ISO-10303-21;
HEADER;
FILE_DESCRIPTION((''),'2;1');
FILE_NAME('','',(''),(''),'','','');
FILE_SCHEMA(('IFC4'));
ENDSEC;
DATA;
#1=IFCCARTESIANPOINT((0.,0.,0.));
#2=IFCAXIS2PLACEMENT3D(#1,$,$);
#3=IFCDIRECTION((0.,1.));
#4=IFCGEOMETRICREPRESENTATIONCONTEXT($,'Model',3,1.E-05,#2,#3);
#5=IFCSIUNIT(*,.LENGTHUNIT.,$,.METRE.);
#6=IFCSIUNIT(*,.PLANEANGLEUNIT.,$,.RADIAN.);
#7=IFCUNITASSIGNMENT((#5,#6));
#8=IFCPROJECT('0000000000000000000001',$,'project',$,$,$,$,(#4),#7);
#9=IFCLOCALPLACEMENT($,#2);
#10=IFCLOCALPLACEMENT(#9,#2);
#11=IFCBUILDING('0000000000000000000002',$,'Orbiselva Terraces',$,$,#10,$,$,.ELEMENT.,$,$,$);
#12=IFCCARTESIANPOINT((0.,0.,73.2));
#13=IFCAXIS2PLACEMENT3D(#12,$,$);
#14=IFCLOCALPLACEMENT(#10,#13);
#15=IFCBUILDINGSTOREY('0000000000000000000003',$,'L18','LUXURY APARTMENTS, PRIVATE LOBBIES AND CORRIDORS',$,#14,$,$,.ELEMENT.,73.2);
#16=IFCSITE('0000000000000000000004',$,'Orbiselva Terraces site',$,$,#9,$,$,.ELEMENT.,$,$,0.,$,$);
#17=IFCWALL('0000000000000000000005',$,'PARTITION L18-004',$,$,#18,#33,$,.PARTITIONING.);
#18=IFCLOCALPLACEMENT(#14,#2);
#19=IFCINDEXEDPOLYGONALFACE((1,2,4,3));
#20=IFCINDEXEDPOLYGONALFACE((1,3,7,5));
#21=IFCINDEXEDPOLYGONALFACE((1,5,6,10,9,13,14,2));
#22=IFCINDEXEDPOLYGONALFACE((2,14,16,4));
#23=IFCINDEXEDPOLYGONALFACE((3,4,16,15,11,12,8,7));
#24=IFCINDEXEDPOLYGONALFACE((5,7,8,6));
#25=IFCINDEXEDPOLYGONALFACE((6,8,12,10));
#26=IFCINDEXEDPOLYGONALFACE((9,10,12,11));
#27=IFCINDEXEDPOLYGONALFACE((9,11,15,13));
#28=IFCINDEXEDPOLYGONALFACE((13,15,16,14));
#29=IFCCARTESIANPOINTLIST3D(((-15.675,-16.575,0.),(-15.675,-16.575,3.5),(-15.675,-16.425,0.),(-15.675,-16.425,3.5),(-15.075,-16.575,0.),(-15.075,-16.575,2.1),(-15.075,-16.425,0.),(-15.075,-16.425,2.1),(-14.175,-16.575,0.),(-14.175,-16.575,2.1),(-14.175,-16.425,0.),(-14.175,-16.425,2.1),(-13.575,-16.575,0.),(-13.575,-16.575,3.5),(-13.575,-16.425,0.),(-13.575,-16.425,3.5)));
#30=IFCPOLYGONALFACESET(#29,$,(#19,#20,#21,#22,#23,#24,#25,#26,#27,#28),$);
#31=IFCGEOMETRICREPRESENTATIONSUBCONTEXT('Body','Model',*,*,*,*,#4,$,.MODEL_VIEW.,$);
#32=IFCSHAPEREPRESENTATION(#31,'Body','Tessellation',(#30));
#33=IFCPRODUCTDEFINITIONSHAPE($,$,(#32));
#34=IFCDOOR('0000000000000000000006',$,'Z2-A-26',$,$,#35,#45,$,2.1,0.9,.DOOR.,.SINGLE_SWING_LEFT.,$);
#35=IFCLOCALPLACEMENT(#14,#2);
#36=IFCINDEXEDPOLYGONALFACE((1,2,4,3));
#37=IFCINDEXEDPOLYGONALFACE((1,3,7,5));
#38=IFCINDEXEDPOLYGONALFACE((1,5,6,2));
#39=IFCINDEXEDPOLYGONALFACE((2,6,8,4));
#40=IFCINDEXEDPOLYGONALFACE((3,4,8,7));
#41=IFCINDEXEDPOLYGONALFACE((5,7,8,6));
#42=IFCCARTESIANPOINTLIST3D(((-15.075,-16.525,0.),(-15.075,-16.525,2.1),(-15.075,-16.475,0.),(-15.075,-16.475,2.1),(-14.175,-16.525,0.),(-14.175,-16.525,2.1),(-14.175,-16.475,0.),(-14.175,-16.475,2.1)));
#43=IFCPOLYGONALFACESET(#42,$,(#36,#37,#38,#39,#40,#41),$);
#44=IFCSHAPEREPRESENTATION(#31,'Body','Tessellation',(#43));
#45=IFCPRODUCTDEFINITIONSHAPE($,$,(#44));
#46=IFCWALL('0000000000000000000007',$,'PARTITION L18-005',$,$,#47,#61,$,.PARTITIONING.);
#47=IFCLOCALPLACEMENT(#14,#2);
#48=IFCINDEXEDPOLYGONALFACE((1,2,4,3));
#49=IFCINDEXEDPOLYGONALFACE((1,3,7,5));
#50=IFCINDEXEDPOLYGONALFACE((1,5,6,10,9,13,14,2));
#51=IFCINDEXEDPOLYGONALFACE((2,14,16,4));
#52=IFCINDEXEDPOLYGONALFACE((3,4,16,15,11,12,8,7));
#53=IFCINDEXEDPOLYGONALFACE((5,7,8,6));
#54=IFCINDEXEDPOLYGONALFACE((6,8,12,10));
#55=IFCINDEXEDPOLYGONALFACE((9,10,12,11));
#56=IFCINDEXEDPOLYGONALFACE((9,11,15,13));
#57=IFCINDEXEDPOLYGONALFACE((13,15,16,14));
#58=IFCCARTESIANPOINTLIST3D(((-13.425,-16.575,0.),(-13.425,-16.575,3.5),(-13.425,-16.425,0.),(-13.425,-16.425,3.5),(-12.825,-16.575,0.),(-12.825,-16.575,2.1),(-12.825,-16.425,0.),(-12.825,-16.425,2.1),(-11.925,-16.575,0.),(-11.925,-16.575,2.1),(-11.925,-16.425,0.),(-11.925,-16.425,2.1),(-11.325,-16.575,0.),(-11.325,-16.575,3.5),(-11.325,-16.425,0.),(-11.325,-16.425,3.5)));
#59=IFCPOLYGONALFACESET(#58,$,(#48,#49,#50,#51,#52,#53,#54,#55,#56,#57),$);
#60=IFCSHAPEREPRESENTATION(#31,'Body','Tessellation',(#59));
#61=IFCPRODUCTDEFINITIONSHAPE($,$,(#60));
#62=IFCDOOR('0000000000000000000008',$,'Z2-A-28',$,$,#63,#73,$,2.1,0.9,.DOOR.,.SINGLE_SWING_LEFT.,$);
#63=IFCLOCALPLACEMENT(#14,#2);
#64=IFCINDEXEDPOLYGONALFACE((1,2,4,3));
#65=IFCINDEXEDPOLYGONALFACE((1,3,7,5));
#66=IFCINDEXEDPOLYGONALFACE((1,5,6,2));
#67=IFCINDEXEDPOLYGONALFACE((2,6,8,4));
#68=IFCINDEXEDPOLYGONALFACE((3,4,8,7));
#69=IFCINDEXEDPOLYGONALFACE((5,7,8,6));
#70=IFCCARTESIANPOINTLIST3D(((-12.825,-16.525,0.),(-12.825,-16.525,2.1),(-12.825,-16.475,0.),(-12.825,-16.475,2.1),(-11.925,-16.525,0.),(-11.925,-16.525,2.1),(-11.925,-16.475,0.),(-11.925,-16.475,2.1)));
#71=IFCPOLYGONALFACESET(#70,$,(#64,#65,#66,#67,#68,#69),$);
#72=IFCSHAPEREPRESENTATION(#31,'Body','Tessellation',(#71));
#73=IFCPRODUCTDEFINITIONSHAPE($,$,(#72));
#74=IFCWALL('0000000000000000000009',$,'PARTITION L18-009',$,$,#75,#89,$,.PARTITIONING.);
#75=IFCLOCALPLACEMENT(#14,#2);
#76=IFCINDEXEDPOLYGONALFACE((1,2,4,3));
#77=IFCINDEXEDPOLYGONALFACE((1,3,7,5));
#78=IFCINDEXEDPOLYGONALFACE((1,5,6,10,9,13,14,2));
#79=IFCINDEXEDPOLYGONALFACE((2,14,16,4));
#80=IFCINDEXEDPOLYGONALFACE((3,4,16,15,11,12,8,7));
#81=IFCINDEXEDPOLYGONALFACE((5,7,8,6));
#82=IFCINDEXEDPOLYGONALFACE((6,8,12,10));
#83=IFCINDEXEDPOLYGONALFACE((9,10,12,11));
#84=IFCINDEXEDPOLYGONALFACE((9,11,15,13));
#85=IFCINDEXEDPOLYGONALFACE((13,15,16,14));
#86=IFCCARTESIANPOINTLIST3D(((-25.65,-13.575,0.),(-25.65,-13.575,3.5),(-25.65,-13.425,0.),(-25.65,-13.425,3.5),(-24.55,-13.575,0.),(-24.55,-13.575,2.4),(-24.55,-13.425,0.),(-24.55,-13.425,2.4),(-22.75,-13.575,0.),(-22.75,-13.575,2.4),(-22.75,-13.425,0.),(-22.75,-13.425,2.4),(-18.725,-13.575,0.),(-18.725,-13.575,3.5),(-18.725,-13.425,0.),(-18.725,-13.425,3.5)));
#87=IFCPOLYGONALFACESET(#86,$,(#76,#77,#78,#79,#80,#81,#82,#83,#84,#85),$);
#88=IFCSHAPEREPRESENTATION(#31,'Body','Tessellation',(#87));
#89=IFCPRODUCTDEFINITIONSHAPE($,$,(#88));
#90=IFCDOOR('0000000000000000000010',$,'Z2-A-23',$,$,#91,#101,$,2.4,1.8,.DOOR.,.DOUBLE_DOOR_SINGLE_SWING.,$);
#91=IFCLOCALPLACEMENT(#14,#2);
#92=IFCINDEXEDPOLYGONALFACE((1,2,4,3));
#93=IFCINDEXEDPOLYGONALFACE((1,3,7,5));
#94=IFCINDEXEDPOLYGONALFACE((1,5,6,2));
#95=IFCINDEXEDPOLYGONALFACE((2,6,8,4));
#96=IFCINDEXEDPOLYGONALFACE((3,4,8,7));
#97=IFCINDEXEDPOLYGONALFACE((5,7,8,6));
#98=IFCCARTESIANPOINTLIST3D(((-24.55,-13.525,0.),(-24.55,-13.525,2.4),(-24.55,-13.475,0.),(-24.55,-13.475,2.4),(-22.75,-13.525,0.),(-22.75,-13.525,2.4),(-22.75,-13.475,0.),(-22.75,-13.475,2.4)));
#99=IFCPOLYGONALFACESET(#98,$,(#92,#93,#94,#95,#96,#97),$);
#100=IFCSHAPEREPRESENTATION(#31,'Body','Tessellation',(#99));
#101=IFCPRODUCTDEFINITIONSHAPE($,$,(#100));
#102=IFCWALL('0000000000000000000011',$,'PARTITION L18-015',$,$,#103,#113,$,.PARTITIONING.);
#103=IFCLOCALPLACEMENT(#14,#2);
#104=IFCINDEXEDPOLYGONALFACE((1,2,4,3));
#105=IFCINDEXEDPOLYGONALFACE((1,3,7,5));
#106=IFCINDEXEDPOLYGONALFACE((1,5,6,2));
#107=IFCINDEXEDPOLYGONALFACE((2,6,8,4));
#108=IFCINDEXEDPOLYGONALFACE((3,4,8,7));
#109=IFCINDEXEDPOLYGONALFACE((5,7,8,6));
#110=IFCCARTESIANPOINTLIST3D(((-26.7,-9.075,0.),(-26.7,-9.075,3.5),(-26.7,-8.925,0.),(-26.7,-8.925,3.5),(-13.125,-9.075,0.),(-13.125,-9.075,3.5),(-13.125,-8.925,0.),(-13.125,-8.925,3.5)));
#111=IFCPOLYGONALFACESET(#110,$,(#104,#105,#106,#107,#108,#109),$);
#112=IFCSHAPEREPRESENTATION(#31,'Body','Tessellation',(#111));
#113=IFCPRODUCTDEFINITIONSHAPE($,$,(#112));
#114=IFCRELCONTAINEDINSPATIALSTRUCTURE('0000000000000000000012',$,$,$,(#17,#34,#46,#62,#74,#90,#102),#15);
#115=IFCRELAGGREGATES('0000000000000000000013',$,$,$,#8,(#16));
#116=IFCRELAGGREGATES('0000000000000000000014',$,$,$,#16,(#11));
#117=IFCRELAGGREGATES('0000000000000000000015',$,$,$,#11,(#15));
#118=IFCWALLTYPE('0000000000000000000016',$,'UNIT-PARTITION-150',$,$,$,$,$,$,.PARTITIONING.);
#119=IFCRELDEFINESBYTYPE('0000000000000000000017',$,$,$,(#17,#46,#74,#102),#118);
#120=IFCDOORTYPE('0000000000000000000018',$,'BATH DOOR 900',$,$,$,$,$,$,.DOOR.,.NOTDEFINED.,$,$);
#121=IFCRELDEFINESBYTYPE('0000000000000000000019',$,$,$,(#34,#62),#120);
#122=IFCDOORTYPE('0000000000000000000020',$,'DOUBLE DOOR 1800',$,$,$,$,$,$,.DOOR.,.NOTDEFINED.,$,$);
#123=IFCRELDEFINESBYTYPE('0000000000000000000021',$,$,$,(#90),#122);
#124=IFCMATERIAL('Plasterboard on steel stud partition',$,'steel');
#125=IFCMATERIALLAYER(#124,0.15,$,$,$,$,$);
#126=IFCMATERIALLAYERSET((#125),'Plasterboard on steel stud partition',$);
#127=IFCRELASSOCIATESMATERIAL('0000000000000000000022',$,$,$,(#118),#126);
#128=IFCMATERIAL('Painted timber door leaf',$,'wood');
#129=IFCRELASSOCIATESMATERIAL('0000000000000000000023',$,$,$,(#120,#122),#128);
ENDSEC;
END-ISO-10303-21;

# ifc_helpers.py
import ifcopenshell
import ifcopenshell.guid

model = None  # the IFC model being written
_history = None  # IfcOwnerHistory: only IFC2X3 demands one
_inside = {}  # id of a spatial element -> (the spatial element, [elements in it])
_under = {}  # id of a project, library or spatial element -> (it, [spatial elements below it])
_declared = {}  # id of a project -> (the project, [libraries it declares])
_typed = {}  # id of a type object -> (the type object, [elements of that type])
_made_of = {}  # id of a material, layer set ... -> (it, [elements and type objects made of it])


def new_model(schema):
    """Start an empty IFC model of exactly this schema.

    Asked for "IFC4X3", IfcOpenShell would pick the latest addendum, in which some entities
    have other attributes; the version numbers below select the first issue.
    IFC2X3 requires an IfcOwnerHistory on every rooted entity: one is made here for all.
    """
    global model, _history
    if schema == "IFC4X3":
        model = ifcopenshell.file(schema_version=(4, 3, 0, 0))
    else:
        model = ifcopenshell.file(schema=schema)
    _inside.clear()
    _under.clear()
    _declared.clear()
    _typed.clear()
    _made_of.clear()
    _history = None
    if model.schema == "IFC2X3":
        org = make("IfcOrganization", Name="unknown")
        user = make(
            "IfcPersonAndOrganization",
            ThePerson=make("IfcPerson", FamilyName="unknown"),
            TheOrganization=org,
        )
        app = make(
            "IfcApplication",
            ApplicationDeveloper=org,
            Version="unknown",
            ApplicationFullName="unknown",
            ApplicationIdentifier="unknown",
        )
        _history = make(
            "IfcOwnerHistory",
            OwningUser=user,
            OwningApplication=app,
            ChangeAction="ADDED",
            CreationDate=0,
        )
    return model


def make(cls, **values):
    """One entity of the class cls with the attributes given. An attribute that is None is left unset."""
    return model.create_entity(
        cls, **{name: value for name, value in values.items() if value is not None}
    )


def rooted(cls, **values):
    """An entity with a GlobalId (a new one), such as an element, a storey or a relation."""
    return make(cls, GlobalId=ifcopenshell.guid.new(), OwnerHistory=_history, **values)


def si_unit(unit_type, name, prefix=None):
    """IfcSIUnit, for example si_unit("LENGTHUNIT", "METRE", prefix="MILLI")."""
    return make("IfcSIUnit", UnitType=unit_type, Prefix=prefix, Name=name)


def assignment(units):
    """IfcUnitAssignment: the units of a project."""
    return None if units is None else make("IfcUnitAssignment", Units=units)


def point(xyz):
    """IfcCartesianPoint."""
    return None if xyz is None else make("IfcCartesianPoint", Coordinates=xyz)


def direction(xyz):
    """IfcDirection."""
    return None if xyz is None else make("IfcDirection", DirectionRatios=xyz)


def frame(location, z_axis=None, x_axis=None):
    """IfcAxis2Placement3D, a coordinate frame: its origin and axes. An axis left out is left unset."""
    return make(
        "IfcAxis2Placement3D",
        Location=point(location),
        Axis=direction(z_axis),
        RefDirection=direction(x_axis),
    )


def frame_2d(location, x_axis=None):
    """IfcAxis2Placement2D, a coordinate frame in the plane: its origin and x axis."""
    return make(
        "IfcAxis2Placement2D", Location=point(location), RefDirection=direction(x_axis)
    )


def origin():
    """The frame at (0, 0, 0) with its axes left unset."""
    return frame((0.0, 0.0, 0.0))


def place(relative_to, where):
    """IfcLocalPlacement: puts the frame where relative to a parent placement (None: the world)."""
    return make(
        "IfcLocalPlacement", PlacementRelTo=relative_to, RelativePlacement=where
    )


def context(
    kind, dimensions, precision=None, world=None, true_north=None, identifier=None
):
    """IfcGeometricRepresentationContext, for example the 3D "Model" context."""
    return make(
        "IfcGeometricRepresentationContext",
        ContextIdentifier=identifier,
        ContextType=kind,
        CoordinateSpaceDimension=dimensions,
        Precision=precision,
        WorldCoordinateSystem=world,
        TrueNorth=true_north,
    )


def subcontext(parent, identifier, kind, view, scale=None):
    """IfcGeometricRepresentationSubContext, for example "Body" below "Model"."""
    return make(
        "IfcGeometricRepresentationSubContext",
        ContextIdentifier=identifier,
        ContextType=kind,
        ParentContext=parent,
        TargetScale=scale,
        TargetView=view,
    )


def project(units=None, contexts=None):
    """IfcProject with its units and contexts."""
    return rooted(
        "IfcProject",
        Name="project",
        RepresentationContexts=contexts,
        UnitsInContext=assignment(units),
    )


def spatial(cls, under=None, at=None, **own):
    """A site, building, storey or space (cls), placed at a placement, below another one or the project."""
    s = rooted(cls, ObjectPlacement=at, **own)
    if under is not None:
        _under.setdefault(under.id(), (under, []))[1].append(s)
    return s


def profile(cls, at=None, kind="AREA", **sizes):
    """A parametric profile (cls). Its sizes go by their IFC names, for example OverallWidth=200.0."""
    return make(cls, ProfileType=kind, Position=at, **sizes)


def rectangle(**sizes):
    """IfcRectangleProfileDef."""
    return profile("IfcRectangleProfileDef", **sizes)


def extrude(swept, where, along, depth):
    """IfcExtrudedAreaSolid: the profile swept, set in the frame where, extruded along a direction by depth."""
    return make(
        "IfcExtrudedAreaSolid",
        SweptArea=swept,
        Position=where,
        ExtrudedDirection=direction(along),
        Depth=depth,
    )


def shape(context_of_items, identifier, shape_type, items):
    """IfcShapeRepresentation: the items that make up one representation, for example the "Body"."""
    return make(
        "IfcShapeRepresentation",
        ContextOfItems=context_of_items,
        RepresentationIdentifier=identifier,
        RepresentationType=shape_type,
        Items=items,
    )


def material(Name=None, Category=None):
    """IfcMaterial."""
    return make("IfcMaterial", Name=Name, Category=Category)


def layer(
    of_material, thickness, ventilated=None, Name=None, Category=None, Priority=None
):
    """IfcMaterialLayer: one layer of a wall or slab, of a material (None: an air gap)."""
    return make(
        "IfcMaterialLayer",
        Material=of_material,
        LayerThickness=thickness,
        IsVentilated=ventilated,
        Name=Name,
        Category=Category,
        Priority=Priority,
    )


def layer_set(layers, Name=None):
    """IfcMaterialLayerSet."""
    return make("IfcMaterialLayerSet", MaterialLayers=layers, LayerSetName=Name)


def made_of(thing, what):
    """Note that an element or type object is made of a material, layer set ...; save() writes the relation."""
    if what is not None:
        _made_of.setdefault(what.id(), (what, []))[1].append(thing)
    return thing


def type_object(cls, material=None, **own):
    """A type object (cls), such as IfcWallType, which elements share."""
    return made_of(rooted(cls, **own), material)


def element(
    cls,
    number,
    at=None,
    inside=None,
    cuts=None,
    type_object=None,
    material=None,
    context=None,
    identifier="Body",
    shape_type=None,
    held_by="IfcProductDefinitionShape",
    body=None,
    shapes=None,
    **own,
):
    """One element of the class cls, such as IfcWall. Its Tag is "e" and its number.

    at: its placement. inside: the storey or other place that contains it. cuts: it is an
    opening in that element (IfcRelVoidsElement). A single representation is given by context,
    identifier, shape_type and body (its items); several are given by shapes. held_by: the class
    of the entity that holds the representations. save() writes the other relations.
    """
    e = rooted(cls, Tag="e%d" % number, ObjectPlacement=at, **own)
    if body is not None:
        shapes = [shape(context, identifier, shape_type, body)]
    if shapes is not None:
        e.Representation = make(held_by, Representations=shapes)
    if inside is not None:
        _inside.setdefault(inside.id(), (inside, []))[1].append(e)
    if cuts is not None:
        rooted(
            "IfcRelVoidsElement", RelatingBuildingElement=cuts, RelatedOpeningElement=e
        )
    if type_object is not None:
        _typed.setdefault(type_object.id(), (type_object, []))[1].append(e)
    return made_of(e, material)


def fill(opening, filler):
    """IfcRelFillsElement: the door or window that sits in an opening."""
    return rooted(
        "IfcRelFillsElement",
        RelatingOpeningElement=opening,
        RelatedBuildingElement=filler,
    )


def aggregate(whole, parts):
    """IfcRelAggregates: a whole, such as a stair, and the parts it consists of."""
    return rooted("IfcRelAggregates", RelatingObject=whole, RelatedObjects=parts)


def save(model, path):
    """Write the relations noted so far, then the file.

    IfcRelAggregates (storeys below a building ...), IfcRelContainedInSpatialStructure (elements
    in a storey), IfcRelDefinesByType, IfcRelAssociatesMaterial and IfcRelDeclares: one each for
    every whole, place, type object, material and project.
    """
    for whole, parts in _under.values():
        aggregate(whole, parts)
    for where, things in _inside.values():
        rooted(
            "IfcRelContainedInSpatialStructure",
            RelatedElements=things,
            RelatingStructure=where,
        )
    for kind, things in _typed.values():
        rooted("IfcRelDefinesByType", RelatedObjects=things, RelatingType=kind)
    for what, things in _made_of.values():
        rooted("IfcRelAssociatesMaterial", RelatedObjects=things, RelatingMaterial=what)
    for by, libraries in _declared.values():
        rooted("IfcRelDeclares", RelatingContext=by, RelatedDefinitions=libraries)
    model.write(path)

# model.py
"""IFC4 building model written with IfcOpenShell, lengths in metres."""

from ifc_helpers import new_model, si_unit, direction, frame, frame_2d, origin, place, context, subcontext, project, spatial, rectangle, extrude, material, layer, layer_set, type_object, element, fill, save


model = new_model("IFC4")

# Units and contexts
model_context = context("Model", 3, precision=1e-05, world=origin(), true_north=direction((0.0, 1.0)))
body_context = subcontext(model_context, "Body", "Model", "MODEL_VIEW")
ifc_project = project(units=[si_unit("LENGTHUNIT", "METRE"), si_unit("PLANEANGLEUNIT", "RADIAN")], contexts=[model_context])

# Site, building, storey
site_placement = place(None, origin())
site = spatial("IfcSite", under=ifc_project, at=site_placement, Name="Orbiselva Terraces site", CompositionType="ELEMENT", RefElevation=0.0)
building_placement = place(site_placement, origin())
building = spatial("IfcBuilding", under=site, at=building_placement, Name="Orbiselva Terraces", CompositionType="ELEMENT")
storey_placement = place(building_placement, frame((0.0, 0.0, 73.2)))
storey = spatial("IfcBuildingStorey", under=building, at=storey_placement, Name="L18", Description="LUXURY APARTMENTS, PRIVATE LOBBIES AND CORRIDORS", CompositionType="ELEMENT", Elevation=73.2)

# Shared definitions
ifc_material_1 = material(Name="Plasterboard on steel stud partition", Category="steel")

# Walls, openings, doors
ifc_layer_1 = layer(ifc_material_1, 0.15)
ifc_layer_set_1 = layer_set([ifc_layer_1], Name="Plasterboard on steel stud partition")
wall_type_1 = type_object("IfcWallType", Name="UNIT-PARTITION-150", PredefinedType="PARTITIONING", material=ifc_layer_set_1)
wall_1_placement = place(storey_placement, frame((-15.675, -16.5, 0.0), z_axis=(0.0, 0.0, 1.0), x_axis=(1.0, 0.0, 0.0)))
wall_1 = element("IfcWall", 1, at=wall_1_placement, inside=storey, type_object=wall_type_1, Name="PARTITION L18-004", PredefinedType="PARTITIONING", context=body_context, shape_type="SweptSolid", body=[
    extrude(rectangle(XDim=2.1, YDim=0.15, at=frame_2d((1.05, 0.0))), origin(), (0.0, 0.0, 1.0), 3.5),
])
opening_1_placement = place(wall_1_placement, frame((0.6, 0.0, 0.0)))
opening_1 = element("IfcOpeningElement", 2, at=opening_1_placement, cuts=wall_1, PredefinedType="OPENING", context=body_context, shape_type="SweptSolid", body=[
    extrude(rectangle(XDim=0.9, YDim=2.1, at=frame_2d((0.45, 1.05))), frame((0.0, 0.085, 0.0), z_axis=(0.0, -1.0, 0.0), x_axis=(1.0, 0.0, 0.0)), (0.0, 0.0, 1.0), 0.17),
])
ifc_material_2 = material(Name="Painted timber door leaf", Category="wood")
door_type_1 = type_object("IfcDoorType", Name="BATH DOOR 900", OperationType="NOTDEFINED", PredefinedType="DOOR", material=ifc_material_2)
door_1_placement = place(opening_1_placement, origin())
door_1 = element("IfcDoor", 3, at=door_1_placement, inside=storey, type_object=door_type_1, Name="Z2-A-26", OperationType="SINGLE_SWING_LEFT", OverallHeight=2.1, OverallWidth=0.9, PredefinedType="DOOR", context=body_context, shape_type="SweptSolid", body=[
    extrude(rectangle(XDim=0.9, YDim=2.1, at=frame_2d((0.45, 1.05))), frame((0.0, 0.025, 0.0), z_axis=(0.0, -1.0, 0.0), x_axis=(1.0, 0.0, 0.0)), (0.0, 0.0, 1.0), 0.05),
])
fill(opening_1, door_1)
wall_2_placement = place(storey_placement, frame((-13.425, -16.5, 0.0), z_axis=(0.0, 0.0, 1.0), x_axis=(1.0, 0.0, 0.0)))
wall_2 = element("IfcWall", 4, at=wall_2_placement, inside=storey, type_object=wall_type_1, Name="PARTITION L18-005", PredefinedType="PARTITIONING", context=body_context, shape_type="SweptSolid", body=[
    extrude(rectangle(XDim=2.1, YDim=0.15, at=frame_2d((1.05, 0.0))), origin(), (0.0, 0.0, 1.0), 3.5),
])
opening_2_placement = place(wall_2_placement, frame((0.6, 0.0, 0.0)))
opening_2 = element("IfcOpeningElement", 5, at=opening_2_placement, cuts=wall_2, PredefinedType="OPENING", context=body_context, shape_type="SweptSolid", body=[
    extrude(rectangle(XDim=0.9, YDim=2.1, at=frame_2d((0.45, 1.05))), frame((0.0, 0.085, 0.0), z_axis=(0.0, -1.0, 0.0), x_axis=(1.0, 0.0, 0.0)), (0.0, 0.0, 1.0), 0.17),
])
door_2_placement = place(opening_2_placement, origin())
door_2 = element("IfcDoor", 6, at=door_2_placement, inside=storey, type_object=door_type_1, Name="Z2-A-28", OperationType="SINGLE_SWING_LEFT", OverallHeight=2.1, OverallWidth=0.9, PredefinedType="DOOR", context=body_context, shape_type="SweptSolid", body=[
    extrude(rectangle(XDim=0.9, YDim=2.1, at=frame_2d((0.45, 1.05))), frame((0.0, 0.025, 0.0), z_axis=(0.0, -1.0, 0.0), x_axis=(1.0, 0.0, 0.0)), (0.0, 0.0, 1.0), 0.05),
])
fill(opening_2, door_2)
wall_3_placement = place(storey_placement, frame((-18.725, -13.5, 0.0), z_axis=(0.0, 0.0, 1.0), x_axis=(-1.0, 0.0, 0.0)))
wall_3 = element("IfcWall", 7, at=wall_3_placement, inside=storey, type_object=wall_type_1, Name="PARTITION L18-009", PredefinedType="PARTITIONING", context=body_context, shape_type="SweptSolid", body=[
    extrude(rectangle(XDim=6.925, YDim=0.15, at=frame_2d((3.4625, 0.0))), origin(), (0.0, 0.0, 1.0), 3.5),
])
opening_3_placement = place(wall_3_placement, frame((4.025, 0.0, 0.0)))
opening_3 = element("IfcOpeningElement", 8, at=opening_3_placement, cuts=wall_3, PredefinedType="OPENING", context=body_context, shape_type="SweptSolid", body=[
    extrude(rectangle(XDim=1.8, YDim=2.4, at=frame_2d((0.9, 1.2))), frame((0.0, 0.085, 0.0), z_axis=(0.0, -1.0, 0.0), x_axis=(1.0, 0.0, 0.0)), (0.0, 0.0, 1.0), 0.17),
])
door_type_2 = type_object("IfcDoorType", Name="DOUBLE DOOR 1800", OperationType="NOTDEFINED", PredefinedType="DOOR", material=ifc_material_2)
door_3_placement = place(opening_3_placement, origin())
door_3 = element("IfcDoor", 9, at=door_3_placement, inside=storey, type_object=door_type_2, Name="Z2-A-23", OperationType="DOUBLE_DOOR_SINGLE_SWING", OverallHeight=2.4, OverallWidth=1.8, PredefinedType="DOOR", context=body_context, shape_type="SweptSolid", body=[
    extrude(rectangle(XDim=1.8, YDim=2.4, at=frame_2d((0.9, 1.2))), frame((0.0, 0.025, 0.0), z_axis=(0.0, -1.0, 0.0), x_axis=(1.0, 0.0, 0.0)), (0.0, 0.0, 1.0), 0.05),
])
fill(opening_3, door_3)

# Wall
wall_4_placement = place(storey_placement, frame((-26.7, -9.0, 0.0), z_axis=(0.0, 0.0, 1.0), x_axis=(1.0, 0.0, 0.0)))
element("IfcWall", 10, at=wall_4_placement, inside=storey, type_object=wall_type_1, Name="PARTITION L18-015", PredefinedType="PARTITIONING", context=body_context, shape_type="SweptSolid", body=[
    extrude(rectangle(XDim=13.575, YDim=0.15, at=frame_2d((6.7875, 0.0))), origin(), (0.0, 0.0, 1.0), 3.5),
])

save(model, "model.ifc")
